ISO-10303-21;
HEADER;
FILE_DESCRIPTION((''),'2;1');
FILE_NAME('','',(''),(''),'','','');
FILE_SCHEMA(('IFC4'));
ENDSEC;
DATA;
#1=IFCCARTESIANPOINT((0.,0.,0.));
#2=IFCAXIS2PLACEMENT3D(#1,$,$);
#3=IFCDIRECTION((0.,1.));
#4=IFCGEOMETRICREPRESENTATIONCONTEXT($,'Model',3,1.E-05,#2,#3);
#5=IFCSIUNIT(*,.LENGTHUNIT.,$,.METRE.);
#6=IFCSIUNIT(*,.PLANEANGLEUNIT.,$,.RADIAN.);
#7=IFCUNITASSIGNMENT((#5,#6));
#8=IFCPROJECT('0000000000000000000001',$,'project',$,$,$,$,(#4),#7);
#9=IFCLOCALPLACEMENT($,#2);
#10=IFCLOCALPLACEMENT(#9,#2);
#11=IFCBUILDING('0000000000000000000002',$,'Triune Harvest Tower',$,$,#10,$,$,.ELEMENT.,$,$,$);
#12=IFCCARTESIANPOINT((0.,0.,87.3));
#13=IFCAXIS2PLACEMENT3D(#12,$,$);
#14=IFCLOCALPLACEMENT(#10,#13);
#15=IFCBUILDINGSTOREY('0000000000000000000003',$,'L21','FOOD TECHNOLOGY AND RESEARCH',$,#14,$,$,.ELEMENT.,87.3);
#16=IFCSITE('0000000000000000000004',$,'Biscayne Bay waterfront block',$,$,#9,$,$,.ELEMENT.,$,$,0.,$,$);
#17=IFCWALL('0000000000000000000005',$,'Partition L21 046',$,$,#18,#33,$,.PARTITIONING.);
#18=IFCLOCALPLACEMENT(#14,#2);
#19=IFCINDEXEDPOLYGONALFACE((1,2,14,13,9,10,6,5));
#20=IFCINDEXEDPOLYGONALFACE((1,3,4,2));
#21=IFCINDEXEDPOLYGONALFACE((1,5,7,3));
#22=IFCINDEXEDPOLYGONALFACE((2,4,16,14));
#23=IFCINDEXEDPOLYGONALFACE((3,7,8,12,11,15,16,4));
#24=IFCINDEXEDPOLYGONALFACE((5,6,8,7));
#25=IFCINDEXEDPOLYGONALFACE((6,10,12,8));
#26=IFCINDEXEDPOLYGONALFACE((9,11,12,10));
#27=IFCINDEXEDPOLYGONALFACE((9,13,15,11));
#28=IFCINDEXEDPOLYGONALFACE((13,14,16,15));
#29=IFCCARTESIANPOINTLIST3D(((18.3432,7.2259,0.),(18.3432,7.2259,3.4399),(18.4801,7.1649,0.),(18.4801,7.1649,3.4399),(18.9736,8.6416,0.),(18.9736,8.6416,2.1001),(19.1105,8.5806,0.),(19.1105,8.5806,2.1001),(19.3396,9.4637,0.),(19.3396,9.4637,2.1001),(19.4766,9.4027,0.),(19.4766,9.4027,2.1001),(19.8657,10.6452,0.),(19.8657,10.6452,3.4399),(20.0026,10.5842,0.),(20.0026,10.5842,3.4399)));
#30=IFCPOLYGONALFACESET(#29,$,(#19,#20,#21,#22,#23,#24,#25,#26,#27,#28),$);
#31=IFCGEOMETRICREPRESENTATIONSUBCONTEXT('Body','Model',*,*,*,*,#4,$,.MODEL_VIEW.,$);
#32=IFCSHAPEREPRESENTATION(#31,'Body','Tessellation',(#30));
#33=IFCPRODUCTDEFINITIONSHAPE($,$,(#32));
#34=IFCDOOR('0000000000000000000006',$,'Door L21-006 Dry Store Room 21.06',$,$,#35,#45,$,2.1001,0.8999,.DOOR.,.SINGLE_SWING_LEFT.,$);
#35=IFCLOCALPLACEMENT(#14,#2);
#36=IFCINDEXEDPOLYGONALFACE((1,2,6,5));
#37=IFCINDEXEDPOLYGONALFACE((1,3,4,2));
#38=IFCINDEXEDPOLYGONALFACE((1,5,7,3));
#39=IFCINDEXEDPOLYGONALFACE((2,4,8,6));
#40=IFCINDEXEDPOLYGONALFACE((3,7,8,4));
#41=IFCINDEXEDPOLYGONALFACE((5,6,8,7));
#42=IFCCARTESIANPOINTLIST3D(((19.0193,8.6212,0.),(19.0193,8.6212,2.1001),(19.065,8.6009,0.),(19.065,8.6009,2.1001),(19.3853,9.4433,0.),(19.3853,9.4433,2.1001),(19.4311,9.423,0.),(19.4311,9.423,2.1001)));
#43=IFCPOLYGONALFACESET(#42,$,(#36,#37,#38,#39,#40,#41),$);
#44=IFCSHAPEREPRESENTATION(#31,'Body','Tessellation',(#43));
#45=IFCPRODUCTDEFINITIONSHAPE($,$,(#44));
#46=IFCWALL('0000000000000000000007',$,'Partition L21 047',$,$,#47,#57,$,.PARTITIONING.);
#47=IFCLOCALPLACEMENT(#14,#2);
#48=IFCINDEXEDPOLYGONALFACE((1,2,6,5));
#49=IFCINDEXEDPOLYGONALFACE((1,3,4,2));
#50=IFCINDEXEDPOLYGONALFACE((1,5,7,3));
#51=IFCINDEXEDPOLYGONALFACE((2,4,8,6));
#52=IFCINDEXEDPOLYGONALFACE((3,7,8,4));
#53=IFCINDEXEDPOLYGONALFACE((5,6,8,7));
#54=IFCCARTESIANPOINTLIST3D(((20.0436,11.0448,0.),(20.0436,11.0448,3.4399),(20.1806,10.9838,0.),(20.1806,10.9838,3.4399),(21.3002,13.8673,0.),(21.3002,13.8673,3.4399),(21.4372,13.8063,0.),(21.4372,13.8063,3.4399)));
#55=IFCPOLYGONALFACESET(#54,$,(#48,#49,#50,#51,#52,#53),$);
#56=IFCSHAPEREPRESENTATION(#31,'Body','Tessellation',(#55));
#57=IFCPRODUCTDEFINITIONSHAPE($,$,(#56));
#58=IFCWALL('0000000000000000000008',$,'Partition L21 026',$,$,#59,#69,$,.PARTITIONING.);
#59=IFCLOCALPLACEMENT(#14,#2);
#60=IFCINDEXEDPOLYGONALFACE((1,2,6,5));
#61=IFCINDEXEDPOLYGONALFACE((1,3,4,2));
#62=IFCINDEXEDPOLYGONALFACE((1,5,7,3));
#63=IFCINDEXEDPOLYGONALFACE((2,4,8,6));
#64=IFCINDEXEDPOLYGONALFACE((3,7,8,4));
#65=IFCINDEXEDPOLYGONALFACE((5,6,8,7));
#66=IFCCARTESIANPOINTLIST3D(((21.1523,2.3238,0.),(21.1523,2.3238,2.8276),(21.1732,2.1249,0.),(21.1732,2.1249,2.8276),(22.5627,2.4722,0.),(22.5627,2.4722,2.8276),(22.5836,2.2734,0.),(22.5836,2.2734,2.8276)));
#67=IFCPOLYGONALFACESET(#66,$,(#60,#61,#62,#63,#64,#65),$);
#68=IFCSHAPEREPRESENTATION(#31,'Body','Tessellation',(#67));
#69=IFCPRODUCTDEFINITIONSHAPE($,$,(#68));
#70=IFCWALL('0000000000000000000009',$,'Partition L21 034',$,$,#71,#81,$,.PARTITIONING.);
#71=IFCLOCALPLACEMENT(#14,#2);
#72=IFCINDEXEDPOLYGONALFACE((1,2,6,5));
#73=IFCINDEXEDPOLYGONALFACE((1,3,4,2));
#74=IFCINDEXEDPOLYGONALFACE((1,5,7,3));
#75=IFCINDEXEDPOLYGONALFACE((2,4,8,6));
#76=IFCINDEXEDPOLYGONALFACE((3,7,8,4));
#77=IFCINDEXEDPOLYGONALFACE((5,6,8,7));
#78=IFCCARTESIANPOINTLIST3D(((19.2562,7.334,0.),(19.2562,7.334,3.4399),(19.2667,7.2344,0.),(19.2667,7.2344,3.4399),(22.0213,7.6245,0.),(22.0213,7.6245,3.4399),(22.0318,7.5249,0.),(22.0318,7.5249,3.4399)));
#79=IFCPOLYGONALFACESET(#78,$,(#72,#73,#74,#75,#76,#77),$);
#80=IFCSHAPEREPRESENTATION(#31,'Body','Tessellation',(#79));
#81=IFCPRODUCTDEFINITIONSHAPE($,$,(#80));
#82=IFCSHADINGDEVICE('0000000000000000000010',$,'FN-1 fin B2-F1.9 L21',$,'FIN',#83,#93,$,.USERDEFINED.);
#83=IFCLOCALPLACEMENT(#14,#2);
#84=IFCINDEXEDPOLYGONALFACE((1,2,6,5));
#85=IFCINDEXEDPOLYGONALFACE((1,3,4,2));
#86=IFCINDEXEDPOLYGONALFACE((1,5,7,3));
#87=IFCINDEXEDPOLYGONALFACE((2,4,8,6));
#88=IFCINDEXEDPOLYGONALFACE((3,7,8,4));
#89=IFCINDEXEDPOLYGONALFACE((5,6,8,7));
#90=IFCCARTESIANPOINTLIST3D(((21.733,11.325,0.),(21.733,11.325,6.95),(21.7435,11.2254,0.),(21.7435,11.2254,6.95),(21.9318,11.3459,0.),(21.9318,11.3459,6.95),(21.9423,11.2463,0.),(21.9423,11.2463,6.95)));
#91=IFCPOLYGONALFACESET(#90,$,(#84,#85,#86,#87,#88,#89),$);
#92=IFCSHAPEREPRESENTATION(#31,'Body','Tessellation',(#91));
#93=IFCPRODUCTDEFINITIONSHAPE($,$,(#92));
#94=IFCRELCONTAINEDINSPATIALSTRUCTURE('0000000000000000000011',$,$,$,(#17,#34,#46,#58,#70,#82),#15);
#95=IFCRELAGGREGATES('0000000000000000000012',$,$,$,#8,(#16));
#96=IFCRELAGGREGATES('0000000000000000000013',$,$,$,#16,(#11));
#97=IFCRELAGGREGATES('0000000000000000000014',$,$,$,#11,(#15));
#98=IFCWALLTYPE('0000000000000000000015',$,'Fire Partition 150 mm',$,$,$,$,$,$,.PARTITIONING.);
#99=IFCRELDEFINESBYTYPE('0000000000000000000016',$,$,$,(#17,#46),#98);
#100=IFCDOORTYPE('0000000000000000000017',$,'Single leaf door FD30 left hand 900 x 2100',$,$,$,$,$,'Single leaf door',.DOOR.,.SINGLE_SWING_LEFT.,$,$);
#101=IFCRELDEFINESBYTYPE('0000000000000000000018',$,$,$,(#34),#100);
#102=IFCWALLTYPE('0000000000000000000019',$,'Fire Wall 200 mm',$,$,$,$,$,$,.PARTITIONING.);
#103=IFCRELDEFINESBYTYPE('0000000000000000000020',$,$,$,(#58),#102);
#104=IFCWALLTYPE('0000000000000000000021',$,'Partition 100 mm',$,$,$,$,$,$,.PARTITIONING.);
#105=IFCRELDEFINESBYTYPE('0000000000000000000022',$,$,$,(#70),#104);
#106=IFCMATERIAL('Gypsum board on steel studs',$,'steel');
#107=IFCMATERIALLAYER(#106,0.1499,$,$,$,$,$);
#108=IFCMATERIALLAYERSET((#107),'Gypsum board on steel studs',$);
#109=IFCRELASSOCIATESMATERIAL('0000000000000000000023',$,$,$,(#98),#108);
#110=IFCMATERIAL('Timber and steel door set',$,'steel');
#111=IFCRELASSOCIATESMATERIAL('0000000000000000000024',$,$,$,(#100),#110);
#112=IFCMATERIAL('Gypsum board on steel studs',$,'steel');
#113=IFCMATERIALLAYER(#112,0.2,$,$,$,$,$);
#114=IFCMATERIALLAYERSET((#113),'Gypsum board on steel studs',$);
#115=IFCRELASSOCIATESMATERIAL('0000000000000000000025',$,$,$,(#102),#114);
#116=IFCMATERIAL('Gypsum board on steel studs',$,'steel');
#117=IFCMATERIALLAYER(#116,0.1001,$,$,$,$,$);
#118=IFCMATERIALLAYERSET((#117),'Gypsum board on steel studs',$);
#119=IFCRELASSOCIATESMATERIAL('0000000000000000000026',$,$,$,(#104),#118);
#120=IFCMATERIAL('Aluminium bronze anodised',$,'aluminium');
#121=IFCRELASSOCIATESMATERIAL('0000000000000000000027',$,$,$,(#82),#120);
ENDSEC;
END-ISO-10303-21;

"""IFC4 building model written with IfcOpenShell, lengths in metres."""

from ifc_helpers import new_model, si_unit, direction, frame, frame_2d, origin, origin_2d, place, context, subcontext, project, spatial, rectangle, extrude, source, transform, mapped, material, layer, layer_set, type_object, element, fill, save


model = new_model("IFC4")

# Units and contexts
model_context = context("Model", 3, precision=1e-05, world=origin(), true_north=direction((0.0, 1.0)))
body_context = subcontext(model_context, "Body", "Model", "MODEL_VIEW")
ifc_project = project(units=[si_unit("LENGTHUNIT", "METRE"), si_unit("PLANEANGLEUNIT", "RADIAN")], contexts=[model_context])

# Site, building, storey
site_placement = place(None, origin())
site = spatial("IfcSite", under=ifc_project, at=site_placement, Name="Biscayne Bay waterfront block", CompositionType="ELEMENT", RefElevation=0.0)
building_placement = place(site_placement, origin())
building = spatial("IfcBuilding", under=site, at=building_placement, Name="Triune Harvest Tower", CompositionType="ELEMENT")
storey_placement = place(building_placement, frame((0.0, 0.0, 87.3)))
storey = spatial("IfcBuildingStorey", under=building, at=storey_placement, Name="L21", Description="FOOD TECHNOLOGY AND RESEARCH", CompositionType="ELEMENT", Elevation=87.3)

# Shared definitions
ifc_material_1 = material(Name="Gypsum board on steel studs", Category="steel")
ifc_layer_1 = layer(ifc_material_1, 0.1499)
ifc_layer_set_1 = layer_set([ifc_layer_1], Name="Gypsum board on steel studs")
wall_type_1 = type_object("IfcWallType", Name="Fire Partition 150 mm", PredefinedType="PARTITIONING", material=ifc_layer_set_1)

# Wall, opening, door
wall_1_placement = place(storey_placement, frame((18.4116, 7.1953, 0.0), z_axis=(0.0, 0.0, 1.0), x_axis=(0.406768, 0.913532, 0.0)))
wall_1 = element("IfcWall", 1, at=wall_1_placement, inside=storey, type_object=wall_type_1, Name="Partition L21 046", PredefinedType="PARTITIONING", context=body_context, shape_type="SweptSolid", body=[
    extrude(rectangle(XDim=3.7429, YDim=0.1499, at=frame_2d((1.8716, 0.0))), origin(), (0.0, 0.0, 1.0), 3.4399),
])
opening_placement = place(wall_1_placement, frame((1.5498, 0.0, 0.0)))
opening = element("IfcOpeningElement", 2, at=opening_placement, cuts=wall_1, PredefinedType="OPENING", context=body_context, shape_type="SweptSolid", body=[
    extrude(rectangle(XDim=0.8999, YDim=2.1001, at=frame_2d((0.45, 1.05))), frame((0.0, 0.085, 0.0), z_axis=(0.0, -1.0, 0.0), x_axis=(1.0, 0.0, 0.0)), (0.0, 0.0, 1.0), 0.1699),
])
ifc_material_2 = material(Name="Timber and steel door set", Category="steel")
door_type = type_object("IfcDoorType", Name="Single leaf door FD30 left hand 900 x 2100", ElementType="Single leaf door", OperationType="SINGLE_SWING_LEFT", PredefinedType="DOOR", material=ifc_material_2)
door_placement = place(opening_placement, origin())
door = element("IfcDoor", 3, at=door_placement, inside=storey, type_object=door_type, Name="Door L21-006 Dry Store Room 21.06", OperationType="SINGLE_SWING_LEFT", OverallHeight=2.1001, OverallWidth=0.8999, PredefinedType="DOOR", context=body_context, shape_type="SweptSolid", body=[
    extrude(rectangle(XDim=0.8999, YDim=2.1001, at=frame_2d((0.45, 1.05))), frame((0.0, 0.0249, 0.0), z_axis=(0.0, -1.0, 0.0), x_axis=(1.0, 0.0, 0.0)), (0.0, 0.0, 1.0), 0.05),
])
fill(opening, door)

# Walls
wall_2_placement = place(storey_placement, frame((20.1121, 11.0142, 0.0), z_axis=(0.0, 0.0, 1.0), x_axis=(0.406718, 0.913554, 0.0)))
element("IfcWall", 4, at=wall_2_placement, inside=storey, type_object=wall_type_1, Name="Partition L21 047", PredefinedType="PARTITIONING", context=body_context, shape_type="SweptSolid", body=[
    extrude(rectangle(XDim=3.0896, YDim=0.1499, at=frame_2d((1.5449, 0.0))), origin(), (0.0, 0.0, 1.0), 3.4399),
])
ifc_material_3 = material(Name="Gypsum board on steel studs", Category="steel")
ifc_layer_2 = layer(ifc_material_3, 0.2)
ifc_layer_set_2 = layer_set([ifc_layer_2], Name="Gypsum board on steel studs")
wall_type_2 = type_object("IfcWallType", Name="Fire Wall 200 mm", PredefinedType="PARTITIONING", material=ifc_layer_set_2)
wall_3_placement = place(storey_placement, frame((21.1628, 2.2244, 0.0), z_axis=(0.0, 0.0, 1.0), x_axis=(0.994507, 0.104667, 0.0)))
element("IfcWall", 5, at=wall_3_placement, inside=storey, type_object=wall_type_2, Name="Partition L21 026", PredefinedType="PARTITIONING", context=body_context, shape_type="SweptSolid", body=[
    extrude(rectangle(XDim=1.4182, YDim=0.2, at=frame_2d((0.709, 0.0))), origin(), (0.0, 0.0, 1.0), 2.8276),
])
ifc_material_4 = material(Name="Gypsum board on steel studs", Category="steel")
ifc_layer_3 = layer(ifc_material_4, 0.1001)
ifc_layer_set_3 = layer_set([ifc_layer_3], Name="Gypsum board on steel studs")
wall_type_3 = type_object("IfcWallType", Name="Partition 100 mm", PredefinedType="PARTITIONING", material=ifc_layer_set_3)
shared_shape_1 = source(origin(), body_context, "Body", "SweptSolid", [
    extrude(rectangle(XDim=2.7803, YDim=0.1001, at=frame_2d((1.3901, 0.0))), origin(), (0.0, 0.0, 1.0), 3.4399),
])
wall_4_placement = place(storey_placement, frame((19.2615, 7.2842, 0.0), z_axis=(0.0, 0.0, 1.0), x_axis=(0.994526, 0.104493, 0.0)))
element("IfcWall", 6, at=wall_4_placement, inside=storey, type_object=wall_type_3, Name="Partition L21 034", PredefinedType="PARTITIONING", context=body_context, shape_type="MappedRepresentation", body=[
    mapped(shared_shape_1, transform((0.0, 0.0, 0.0), scale=1.0)),
])

# Shading device
ifc_material_5 = material(Name="Aluminium bronze anodised", Category="aluminium")
shared_shape_2 = source(origin(), body_context, "Body", "SweptSolid", [
    extrude(rectangle(XDim=0.1001, YDim=0.2, at=origin_2d()), origin(), (0.0, 0.0, 1.0), 6.95),
])
shading_device_placement = place(storey_placement, frame((21.8376, 11.2856, 0.0), z_axis=(0.0, 0.0, 1.0), x_axis=(-0.104528, 0.994522, 0.0)))
element("IfcShadingDevice", 7, at=shading_device_placement, inside=storey, material=ifc_material_5, Name="FN-1 fin B2-F1.9 L21", ObjectType="FIN", PredefinedType="USERDEFINED", context=body_context, shape_type="MappedRepresentation", body=[
    mapped(shared_shape_2, transform((0.0, 0.0, 0.0), scale=1.0)),
])

save(model, "model.ifc")
